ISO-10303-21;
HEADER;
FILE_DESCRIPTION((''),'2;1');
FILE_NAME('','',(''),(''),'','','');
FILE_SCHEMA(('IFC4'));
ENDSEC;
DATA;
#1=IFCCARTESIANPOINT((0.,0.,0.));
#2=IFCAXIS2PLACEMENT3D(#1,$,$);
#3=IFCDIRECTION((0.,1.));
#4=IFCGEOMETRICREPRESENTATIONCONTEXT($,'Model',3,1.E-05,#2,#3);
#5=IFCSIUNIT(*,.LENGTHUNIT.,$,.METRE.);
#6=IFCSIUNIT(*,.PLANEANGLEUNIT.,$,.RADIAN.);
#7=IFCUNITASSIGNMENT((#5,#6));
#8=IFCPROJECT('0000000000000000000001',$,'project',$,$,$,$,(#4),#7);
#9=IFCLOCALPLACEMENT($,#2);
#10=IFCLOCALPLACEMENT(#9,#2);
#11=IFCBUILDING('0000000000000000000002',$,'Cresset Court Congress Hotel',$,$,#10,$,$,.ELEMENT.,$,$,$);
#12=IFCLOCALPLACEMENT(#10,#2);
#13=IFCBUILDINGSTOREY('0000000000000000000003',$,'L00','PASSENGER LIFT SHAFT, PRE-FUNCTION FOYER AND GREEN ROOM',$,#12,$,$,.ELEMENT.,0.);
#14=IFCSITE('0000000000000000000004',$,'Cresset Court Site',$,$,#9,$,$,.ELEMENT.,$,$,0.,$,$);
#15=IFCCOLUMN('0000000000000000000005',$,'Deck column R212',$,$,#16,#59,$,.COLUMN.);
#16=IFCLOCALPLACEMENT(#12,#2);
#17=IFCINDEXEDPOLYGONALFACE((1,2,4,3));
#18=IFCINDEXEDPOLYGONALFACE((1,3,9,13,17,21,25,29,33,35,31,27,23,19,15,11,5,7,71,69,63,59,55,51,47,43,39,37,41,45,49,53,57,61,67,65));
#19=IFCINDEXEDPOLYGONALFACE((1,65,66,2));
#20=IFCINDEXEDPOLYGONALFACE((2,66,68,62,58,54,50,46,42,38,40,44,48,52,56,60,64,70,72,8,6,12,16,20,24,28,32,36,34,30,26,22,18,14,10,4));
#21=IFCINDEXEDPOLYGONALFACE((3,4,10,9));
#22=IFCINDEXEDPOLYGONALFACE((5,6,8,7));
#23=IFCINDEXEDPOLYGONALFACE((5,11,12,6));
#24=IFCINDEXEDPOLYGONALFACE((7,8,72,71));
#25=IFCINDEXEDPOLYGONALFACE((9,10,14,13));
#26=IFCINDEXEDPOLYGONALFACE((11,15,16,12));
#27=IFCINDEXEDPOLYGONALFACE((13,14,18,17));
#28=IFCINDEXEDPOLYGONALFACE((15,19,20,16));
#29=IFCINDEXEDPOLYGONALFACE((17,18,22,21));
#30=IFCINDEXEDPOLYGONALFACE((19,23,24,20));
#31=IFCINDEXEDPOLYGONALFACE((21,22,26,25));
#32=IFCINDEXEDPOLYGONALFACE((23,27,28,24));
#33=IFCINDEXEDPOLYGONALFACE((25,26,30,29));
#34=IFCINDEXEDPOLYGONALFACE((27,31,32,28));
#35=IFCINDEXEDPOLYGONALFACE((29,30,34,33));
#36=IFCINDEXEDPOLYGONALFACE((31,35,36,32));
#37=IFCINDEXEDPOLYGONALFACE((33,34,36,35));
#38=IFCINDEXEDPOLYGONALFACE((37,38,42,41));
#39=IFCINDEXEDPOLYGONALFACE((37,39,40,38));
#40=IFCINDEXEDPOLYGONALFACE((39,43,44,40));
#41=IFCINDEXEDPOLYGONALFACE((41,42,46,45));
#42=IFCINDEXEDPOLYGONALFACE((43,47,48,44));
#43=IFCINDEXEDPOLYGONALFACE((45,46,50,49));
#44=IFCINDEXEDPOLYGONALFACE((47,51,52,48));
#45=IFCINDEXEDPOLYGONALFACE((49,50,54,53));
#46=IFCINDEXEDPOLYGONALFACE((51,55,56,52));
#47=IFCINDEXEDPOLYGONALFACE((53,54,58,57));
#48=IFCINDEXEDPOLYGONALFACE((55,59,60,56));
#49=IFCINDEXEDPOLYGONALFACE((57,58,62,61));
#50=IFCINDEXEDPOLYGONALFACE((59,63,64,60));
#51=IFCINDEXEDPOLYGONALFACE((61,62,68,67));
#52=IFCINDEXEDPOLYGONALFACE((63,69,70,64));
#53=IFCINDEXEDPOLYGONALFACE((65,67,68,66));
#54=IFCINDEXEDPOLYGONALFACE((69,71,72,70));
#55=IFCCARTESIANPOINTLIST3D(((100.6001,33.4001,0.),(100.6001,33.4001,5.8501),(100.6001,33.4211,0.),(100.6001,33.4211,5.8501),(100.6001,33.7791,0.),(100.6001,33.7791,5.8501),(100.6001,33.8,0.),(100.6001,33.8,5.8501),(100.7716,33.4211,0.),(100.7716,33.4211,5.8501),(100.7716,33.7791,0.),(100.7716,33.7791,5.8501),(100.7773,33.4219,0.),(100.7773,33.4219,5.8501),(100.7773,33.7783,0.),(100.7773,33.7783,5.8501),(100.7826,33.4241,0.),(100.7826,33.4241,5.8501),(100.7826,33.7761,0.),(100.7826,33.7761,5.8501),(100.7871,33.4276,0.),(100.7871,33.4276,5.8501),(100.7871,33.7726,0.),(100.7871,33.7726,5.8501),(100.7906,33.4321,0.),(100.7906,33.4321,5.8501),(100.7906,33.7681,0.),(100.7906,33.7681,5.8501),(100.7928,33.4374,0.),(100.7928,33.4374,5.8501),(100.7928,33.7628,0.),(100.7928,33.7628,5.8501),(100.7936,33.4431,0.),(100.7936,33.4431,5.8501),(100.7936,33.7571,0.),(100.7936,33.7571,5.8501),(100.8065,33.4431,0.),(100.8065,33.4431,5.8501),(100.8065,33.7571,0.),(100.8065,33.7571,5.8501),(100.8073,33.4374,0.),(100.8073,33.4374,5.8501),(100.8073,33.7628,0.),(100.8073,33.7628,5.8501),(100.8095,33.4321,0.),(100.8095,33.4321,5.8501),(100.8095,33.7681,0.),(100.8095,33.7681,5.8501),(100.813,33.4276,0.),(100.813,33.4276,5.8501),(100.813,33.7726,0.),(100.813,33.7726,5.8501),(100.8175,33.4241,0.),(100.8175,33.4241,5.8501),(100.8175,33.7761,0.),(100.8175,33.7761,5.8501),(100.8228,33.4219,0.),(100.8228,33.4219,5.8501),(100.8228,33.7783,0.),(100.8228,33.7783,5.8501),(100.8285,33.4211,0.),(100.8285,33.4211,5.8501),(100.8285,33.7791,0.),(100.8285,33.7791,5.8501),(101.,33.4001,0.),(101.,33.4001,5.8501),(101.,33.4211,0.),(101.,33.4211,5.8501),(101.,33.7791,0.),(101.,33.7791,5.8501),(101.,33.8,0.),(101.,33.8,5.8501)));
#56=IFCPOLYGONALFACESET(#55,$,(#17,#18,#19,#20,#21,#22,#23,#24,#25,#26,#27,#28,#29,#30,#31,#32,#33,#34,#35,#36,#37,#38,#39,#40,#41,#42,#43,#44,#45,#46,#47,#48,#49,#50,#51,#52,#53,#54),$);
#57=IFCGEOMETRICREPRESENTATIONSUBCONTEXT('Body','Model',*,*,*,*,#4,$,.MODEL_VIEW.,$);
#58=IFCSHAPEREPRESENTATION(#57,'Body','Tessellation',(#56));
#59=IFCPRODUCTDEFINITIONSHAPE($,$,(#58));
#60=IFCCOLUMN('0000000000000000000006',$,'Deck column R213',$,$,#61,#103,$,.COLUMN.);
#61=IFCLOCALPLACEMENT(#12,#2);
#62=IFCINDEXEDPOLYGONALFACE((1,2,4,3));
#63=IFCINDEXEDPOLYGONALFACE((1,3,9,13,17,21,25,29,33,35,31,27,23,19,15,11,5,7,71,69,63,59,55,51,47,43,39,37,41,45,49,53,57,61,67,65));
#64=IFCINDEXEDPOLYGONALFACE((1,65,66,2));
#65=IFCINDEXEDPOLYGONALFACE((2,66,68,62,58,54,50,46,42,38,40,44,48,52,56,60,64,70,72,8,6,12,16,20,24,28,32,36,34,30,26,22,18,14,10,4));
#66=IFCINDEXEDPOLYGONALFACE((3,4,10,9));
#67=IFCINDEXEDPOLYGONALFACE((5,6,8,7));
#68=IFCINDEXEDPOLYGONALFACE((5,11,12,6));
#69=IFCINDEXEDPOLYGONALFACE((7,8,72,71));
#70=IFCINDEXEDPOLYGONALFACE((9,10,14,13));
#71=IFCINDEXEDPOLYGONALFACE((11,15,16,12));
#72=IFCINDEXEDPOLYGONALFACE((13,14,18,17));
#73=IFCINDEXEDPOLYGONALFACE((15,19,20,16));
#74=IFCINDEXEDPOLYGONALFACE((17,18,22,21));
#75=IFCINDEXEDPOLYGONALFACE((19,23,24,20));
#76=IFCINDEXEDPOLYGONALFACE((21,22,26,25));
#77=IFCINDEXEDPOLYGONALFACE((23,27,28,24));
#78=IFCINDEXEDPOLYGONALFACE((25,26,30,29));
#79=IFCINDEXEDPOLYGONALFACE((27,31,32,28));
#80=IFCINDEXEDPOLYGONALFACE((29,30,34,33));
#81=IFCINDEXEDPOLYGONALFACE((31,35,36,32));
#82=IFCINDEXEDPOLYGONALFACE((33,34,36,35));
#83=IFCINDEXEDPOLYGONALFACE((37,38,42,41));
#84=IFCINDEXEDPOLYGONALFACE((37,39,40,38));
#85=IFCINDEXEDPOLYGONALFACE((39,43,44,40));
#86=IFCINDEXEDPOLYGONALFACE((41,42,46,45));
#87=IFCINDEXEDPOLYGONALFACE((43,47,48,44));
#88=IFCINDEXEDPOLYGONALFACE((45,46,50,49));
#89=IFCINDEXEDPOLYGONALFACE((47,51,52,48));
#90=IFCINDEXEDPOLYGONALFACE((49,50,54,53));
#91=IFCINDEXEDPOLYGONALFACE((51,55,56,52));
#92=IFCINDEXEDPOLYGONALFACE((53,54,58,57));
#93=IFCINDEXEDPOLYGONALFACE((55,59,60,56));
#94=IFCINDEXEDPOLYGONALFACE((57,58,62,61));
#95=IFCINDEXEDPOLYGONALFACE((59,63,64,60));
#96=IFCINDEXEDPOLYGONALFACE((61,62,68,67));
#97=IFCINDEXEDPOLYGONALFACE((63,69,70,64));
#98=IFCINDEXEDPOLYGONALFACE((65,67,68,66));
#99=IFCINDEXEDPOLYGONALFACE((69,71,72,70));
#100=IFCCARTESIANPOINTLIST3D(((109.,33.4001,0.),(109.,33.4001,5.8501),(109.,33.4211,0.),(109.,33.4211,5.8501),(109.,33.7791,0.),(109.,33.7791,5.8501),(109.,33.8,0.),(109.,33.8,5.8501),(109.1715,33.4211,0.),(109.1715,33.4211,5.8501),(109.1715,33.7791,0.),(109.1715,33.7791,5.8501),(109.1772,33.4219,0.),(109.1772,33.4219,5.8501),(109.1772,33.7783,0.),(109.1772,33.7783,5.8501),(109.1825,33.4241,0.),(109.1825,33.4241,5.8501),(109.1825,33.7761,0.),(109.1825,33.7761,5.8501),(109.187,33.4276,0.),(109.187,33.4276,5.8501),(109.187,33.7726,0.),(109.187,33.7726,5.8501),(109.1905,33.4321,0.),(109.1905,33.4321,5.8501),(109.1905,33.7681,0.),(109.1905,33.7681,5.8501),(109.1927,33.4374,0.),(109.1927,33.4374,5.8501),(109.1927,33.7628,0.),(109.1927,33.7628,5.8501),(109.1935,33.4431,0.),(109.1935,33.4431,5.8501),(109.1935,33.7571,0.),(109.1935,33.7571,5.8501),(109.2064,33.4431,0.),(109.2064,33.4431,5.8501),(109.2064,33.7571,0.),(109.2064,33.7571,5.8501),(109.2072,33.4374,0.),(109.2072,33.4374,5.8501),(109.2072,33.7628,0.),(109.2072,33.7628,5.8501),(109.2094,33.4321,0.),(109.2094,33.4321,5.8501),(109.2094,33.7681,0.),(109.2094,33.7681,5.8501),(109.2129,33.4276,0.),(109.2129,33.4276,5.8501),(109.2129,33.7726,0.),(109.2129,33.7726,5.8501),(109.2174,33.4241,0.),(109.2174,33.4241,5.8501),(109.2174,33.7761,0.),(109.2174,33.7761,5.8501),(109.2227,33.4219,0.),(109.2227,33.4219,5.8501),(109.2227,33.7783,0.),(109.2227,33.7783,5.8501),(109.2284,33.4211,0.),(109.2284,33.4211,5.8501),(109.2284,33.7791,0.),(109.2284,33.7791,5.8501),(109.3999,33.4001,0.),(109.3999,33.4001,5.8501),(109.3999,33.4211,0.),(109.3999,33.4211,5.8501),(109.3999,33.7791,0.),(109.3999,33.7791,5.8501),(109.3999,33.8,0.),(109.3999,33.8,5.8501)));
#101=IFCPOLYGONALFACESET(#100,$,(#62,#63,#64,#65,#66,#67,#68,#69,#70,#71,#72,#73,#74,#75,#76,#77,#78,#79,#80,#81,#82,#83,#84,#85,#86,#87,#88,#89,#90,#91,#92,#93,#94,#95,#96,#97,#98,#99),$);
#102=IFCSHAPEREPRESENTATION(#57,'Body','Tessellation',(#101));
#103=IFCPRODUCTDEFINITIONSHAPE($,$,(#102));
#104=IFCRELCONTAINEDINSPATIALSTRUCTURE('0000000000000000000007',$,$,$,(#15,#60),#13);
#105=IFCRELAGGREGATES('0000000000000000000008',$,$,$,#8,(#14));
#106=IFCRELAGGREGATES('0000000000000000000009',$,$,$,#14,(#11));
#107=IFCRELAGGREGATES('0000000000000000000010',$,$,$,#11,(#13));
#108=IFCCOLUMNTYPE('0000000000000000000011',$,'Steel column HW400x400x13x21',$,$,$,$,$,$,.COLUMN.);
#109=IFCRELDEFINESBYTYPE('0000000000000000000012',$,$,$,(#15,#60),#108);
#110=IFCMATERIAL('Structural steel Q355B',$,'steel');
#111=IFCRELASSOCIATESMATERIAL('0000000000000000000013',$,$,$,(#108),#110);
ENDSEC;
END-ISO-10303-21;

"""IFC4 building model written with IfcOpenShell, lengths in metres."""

from ifc_helpers import new_model, si_unit, direction, frame, origin, origin_2d, place, context, subcontext, project, spatial, i_section, extrude, material, material_profile, profile_set, type_object, element, save


model = new_model("IFC4")

# Units and contexts
model_context = context("Model", 3, precision=1e-05, world=origin(), true_north=direction((0.0, 1.0)))
body_context = subcontext(model_context, "Body", "Model", "MODEL_VIEW")
ifc_project = project(units=[si_unit("LENGTHUNIT", "METRE"), si_unit("PLANEANGLEUNIT", "RADIAN")], contexts=[model_context])

# Site, building, storey
site_placement = place(None, origin())
site = spatial("IfcSite", under=ifc_project, at=site_placement, Name="Cresset Court Site", CompositionType="ELEMENT", RefElevation=0.0)
building_placement = place(site_placement, origin())
building = spatial("IfcBuilding", under=site, at=building_placement, Name="Cresset Court Congress Hotel", CompositionType="ELEMENT")
storey_placement = place(building_placement, origin())
storey = spatial("IfcBuildingStorey", under=building, at=storey_placement, Name="L00", Description="PASSENGER LIFT SHAFT, PRE-FUNCTION FOYER AND GREEN ROOM", CompositionType="ELEMENT", Elevation=0.0)

# Columns
ifc_material_1 = material(Name="Structural steel Q355B", Category="steel")
ifc_material_profile_1 = material_profile(ifc_material_1, i_section(OverallWidth=0.3999, OverallDepth=0.3999, WebThickness=0.0129, FlangeThickness=0.021, FilletRadius=0.022, at=origin_2d()), Name="HW400x400x13x21")
ifc_profile_set_1 = profile_set([ifc_material_profile_1], Name="Structural steel Q355B")
column_type_1 = type_object("IfcColumnType", Name="Steel column HW400x400x13x21", PredefinedType="COLUMN", material=ifc_profile_set_1)
for number, where, z_axis, x_axis, name in (
    (1, (100.8, 33.6001, 0.0), (0.0, 0.0, 1.0), (1.0, 0.0, 0.0), "Deck column R212"),
    (2, (109.2, 33.6001, 0.0), (0.0, 0.0, 1.0), (1.0, 0.0, 0.0), "Deck column R213"),
):
    element("IfcColumn", number, at=place(storey_placement, frame(where, z_axis=z_axis, x_axis=x_axis)), inside=storey, type_object=column_type_1, Name=name, PredefinedType="COLUMN", context=body_context, shape_type="SweptSolid", body=[
        extrude(i_section(OverallWidth=0.3999, OverallDepth=0.3999, WebThickness=0.0129, FlangeThickness=0.021, FilletRadius=0.022, at=origin_2d()), origin(), (0.0, 0.0, 1.0), 5.8501),
    ])

save(model, "model.ifc")
